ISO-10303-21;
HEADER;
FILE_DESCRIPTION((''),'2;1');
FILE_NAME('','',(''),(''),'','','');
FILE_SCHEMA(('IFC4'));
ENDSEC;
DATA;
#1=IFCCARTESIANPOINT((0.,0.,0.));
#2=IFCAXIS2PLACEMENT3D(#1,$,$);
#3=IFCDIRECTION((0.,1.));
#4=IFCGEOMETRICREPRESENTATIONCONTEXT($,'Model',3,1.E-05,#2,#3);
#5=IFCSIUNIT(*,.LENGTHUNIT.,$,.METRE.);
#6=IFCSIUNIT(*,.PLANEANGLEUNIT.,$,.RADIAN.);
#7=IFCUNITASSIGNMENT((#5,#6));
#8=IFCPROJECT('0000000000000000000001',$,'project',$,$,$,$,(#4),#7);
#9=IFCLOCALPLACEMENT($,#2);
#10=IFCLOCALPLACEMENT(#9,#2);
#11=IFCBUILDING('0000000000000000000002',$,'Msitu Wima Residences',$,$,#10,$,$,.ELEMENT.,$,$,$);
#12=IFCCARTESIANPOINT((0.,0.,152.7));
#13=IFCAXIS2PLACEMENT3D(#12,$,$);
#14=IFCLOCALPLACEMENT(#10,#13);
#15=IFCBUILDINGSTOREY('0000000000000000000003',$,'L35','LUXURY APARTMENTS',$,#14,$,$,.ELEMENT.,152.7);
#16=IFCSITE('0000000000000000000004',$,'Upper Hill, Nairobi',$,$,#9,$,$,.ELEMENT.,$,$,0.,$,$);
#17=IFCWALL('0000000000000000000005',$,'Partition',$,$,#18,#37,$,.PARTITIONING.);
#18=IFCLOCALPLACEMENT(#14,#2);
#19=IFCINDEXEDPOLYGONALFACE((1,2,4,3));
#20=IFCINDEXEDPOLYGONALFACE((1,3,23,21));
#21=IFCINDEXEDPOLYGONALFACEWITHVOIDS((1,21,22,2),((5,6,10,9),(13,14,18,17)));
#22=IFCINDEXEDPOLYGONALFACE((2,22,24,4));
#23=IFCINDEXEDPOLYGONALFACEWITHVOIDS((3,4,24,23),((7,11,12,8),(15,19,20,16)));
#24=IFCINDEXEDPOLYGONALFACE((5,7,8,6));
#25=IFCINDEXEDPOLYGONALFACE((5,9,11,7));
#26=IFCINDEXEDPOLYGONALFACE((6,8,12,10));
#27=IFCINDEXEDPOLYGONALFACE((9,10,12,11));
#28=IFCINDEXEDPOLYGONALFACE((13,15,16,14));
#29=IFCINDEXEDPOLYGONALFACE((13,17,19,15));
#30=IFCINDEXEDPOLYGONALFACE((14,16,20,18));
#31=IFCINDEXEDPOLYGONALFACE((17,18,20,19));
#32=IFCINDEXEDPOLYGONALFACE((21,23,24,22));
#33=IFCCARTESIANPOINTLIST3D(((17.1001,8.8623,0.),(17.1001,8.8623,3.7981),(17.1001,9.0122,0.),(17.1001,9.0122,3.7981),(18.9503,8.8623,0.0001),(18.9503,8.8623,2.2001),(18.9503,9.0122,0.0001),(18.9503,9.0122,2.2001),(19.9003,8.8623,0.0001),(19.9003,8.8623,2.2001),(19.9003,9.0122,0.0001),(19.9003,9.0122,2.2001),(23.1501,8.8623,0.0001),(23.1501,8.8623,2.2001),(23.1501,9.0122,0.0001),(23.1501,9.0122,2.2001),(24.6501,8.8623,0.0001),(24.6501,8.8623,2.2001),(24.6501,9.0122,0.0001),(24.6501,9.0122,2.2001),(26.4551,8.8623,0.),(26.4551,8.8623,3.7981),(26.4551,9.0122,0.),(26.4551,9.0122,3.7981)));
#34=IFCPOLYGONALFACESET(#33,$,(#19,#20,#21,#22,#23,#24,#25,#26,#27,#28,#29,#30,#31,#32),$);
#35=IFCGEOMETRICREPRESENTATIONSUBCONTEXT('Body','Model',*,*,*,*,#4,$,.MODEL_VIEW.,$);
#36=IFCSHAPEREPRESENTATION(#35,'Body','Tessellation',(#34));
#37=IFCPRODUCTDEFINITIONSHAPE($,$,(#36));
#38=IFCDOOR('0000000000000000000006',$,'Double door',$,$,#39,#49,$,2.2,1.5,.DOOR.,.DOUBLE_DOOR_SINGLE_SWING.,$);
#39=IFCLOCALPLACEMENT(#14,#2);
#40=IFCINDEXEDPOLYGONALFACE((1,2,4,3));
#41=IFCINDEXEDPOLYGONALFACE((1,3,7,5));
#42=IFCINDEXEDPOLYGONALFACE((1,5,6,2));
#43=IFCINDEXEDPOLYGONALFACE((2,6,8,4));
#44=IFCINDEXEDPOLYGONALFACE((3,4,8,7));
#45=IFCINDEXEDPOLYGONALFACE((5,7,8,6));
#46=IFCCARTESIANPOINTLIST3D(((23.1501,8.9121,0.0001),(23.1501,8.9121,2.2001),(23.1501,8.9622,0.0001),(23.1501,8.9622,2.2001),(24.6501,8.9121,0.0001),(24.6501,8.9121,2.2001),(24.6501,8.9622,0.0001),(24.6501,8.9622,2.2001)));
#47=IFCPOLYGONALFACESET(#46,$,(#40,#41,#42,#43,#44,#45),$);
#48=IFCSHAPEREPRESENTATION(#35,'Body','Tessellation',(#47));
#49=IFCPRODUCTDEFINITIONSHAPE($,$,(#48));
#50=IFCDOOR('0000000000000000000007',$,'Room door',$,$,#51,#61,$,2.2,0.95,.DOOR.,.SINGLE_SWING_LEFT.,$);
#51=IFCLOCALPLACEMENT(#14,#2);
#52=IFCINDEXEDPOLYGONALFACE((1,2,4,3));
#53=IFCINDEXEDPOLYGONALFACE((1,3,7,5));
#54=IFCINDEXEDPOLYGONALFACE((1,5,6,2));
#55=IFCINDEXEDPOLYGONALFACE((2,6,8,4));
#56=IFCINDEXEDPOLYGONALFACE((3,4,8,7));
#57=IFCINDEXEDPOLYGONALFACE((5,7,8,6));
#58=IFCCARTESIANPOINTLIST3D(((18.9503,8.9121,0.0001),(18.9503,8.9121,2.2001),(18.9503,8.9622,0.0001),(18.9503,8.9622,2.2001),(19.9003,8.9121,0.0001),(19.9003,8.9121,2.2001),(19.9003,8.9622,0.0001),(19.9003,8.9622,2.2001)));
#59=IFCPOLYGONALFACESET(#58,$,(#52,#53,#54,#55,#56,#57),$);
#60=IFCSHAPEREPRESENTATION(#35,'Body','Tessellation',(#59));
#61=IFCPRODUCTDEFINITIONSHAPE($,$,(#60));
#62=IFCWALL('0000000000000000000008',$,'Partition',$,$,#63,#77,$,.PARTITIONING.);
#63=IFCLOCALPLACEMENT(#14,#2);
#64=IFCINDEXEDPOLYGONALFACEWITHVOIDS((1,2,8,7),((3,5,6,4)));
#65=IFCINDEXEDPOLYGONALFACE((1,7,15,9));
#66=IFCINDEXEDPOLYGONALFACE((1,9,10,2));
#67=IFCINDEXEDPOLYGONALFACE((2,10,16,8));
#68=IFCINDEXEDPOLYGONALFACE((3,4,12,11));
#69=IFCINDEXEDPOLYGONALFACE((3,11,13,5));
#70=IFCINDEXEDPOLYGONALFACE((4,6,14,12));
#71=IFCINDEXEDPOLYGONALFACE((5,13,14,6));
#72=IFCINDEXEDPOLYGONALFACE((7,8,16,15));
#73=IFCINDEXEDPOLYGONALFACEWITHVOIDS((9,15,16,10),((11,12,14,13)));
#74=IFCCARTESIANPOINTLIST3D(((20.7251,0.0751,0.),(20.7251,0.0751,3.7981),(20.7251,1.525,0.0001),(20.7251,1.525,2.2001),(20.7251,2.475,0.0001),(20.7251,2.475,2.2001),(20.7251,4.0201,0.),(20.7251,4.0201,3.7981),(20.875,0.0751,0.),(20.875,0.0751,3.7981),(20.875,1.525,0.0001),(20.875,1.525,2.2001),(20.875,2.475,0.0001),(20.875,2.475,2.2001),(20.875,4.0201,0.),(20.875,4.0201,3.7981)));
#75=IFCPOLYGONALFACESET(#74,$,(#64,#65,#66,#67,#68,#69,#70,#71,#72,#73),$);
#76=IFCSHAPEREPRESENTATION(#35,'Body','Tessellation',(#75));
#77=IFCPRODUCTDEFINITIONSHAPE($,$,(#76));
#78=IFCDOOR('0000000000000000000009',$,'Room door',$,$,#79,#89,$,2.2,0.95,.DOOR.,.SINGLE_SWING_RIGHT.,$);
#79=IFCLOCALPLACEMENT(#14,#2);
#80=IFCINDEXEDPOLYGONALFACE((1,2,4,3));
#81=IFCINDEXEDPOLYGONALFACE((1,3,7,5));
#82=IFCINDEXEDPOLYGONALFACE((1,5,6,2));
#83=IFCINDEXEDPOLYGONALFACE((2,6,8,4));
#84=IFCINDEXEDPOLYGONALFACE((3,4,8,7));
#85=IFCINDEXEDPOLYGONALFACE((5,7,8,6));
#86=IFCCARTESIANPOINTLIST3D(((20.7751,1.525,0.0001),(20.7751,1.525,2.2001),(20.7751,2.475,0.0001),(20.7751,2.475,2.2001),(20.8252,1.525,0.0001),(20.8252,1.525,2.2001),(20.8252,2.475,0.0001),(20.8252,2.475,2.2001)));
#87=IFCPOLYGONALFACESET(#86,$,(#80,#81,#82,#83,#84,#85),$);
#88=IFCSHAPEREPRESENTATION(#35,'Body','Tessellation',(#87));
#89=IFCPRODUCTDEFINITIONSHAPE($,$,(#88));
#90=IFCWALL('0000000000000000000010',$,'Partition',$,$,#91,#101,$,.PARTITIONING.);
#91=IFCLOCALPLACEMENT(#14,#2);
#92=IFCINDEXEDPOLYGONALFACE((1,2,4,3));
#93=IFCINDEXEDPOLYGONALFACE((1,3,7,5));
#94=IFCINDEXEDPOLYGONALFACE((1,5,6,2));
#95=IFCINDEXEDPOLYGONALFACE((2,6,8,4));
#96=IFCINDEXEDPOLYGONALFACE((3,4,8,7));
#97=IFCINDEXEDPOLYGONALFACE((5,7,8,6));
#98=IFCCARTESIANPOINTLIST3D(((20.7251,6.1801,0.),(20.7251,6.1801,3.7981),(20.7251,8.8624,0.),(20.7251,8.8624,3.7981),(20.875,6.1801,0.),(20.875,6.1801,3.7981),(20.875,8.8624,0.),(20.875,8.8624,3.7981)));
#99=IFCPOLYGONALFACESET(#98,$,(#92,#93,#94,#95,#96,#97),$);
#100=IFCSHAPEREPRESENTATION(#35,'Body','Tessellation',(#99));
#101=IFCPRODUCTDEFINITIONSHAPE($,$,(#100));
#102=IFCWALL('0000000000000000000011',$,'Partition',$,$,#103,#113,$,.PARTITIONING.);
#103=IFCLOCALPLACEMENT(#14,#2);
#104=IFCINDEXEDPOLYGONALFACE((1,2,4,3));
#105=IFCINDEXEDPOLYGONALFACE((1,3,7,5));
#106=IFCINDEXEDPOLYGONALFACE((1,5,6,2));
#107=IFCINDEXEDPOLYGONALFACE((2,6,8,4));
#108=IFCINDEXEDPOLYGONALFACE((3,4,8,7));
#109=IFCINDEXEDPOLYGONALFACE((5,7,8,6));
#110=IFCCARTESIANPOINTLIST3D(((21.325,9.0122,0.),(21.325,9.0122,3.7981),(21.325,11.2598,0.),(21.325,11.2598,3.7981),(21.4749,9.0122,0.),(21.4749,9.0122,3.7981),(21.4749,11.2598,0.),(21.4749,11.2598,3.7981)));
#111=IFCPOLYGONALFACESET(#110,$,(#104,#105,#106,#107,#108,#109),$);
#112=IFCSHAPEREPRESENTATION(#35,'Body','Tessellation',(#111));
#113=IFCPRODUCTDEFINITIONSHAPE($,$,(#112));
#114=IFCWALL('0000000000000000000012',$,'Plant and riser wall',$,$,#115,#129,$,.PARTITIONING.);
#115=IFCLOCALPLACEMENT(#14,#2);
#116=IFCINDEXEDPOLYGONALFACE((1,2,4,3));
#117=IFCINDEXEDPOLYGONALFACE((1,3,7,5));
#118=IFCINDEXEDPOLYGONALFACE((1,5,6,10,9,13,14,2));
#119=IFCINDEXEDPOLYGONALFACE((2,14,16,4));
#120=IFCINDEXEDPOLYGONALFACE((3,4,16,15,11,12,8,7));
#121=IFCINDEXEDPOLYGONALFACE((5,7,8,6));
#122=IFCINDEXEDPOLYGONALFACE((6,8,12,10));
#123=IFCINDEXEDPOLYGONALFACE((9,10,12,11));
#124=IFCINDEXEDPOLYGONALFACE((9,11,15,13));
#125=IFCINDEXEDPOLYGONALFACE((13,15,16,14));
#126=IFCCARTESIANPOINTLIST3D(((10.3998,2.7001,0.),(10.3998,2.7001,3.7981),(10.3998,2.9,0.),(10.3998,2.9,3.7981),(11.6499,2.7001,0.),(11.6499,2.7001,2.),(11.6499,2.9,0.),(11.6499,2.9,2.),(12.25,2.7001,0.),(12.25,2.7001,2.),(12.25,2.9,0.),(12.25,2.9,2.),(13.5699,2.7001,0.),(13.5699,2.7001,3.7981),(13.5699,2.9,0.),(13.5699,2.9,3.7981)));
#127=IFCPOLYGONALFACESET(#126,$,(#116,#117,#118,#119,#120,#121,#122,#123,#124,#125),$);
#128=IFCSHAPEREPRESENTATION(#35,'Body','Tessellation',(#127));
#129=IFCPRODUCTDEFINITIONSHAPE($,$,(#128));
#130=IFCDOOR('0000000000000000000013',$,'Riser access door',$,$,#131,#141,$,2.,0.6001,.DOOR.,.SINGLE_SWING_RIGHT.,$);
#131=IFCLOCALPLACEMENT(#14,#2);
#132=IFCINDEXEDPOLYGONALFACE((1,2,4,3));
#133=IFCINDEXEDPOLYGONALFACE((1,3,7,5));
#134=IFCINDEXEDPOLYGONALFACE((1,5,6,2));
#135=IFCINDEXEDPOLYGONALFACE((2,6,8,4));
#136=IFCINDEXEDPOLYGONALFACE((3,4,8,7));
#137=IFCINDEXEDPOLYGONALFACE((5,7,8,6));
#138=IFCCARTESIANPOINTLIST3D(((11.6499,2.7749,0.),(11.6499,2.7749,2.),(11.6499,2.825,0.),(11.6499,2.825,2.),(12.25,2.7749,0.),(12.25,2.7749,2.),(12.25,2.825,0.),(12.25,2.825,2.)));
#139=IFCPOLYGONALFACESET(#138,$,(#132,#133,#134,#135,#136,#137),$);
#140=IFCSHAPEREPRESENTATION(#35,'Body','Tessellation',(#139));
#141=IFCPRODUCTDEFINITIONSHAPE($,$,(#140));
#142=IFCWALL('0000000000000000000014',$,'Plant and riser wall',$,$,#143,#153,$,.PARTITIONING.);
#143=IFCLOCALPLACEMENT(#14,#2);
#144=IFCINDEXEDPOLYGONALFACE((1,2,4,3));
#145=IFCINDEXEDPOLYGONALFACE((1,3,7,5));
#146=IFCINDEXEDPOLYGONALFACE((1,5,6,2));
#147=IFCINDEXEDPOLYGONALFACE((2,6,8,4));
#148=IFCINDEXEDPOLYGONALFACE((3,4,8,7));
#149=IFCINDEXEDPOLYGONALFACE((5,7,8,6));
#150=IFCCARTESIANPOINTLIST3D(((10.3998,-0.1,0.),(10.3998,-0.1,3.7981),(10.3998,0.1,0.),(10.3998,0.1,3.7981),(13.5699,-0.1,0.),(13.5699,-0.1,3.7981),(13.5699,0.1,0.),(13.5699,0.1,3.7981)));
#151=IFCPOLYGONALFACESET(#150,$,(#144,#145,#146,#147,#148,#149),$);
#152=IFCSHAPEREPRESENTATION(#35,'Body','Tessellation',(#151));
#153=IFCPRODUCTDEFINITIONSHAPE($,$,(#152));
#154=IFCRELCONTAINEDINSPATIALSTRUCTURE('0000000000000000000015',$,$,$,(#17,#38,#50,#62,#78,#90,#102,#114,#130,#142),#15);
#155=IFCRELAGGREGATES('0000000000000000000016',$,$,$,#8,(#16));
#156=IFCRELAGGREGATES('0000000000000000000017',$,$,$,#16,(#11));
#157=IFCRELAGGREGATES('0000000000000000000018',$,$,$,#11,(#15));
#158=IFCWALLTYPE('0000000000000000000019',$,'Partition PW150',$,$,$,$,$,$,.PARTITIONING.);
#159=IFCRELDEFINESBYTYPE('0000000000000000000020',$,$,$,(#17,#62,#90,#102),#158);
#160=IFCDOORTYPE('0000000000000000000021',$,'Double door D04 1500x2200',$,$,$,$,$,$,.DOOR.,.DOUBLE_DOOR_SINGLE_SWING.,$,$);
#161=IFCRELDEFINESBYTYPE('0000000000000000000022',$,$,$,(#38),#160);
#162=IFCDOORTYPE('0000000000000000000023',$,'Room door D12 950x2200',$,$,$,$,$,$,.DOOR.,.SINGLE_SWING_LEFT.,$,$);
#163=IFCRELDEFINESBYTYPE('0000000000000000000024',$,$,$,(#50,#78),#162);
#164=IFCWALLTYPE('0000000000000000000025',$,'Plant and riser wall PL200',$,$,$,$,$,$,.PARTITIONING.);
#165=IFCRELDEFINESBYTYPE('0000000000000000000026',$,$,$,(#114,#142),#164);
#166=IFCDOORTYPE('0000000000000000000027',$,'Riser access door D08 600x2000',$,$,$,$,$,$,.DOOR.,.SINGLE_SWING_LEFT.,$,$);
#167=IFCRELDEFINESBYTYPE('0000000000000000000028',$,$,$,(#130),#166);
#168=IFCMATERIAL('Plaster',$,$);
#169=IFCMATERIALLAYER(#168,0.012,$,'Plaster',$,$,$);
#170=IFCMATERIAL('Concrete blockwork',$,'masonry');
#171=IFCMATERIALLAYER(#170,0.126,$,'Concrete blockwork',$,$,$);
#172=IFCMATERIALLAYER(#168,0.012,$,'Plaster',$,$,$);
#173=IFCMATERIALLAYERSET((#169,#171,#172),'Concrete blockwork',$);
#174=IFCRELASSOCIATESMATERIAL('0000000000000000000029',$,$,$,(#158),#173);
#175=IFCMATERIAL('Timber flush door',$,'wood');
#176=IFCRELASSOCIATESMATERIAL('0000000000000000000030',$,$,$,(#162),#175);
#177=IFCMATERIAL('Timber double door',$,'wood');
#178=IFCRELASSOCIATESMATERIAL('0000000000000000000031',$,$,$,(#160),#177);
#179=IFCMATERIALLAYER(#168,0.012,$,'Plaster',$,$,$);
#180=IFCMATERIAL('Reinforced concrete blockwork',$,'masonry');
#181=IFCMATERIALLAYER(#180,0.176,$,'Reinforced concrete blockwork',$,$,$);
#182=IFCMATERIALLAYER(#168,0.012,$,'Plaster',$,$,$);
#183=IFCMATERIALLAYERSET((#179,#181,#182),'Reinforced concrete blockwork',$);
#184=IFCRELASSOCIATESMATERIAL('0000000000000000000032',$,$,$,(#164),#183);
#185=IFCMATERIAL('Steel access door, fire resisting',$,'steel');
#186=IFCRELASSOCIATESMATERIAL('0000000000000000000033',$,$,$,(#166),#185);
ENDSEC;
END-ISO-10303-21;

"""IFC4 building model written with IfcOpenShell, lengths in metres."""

from ifc_helpers import new_model, si_unit, direction, frame, frame_2d, origin, place, context, subcontext, project, spatial, rectangle, extrude, material, layer, layer_set, type_object, element, fill, save


model = new_model("IFC4")

# Units and contexts
model_context = context("Model", 3, precision=1e-05, world=origin(), true_north=direction((0.0, 1.0)))
body_context = subcontext(model_context, "Body", "Model", "MODEL_VIEW")
ifc_project = project(units=[si_unit("LENGTHUNIT", "METRE"), si_unit("PLANEANGLEUNIT", "RADIAN")], contexts=[model_context])

# Site, building, storey
site_placement = place(None, origin())
site = spatial("IfcSite", under=ifc_project, at=site_placement, Name="Upper Hill, Nairobi", CompositionType="ELEMENT", RefElevation=0.0)
building_placement = place(site_placement, origin())
building = spatial("IfcBuilding", under=site, at=building_placement, Name="Msitu Wima Residences", CompositionType="ELEMENT")
storey_placement = place(building_placement, frame((0.0, 0.0, 152.7)))
storey = spatial("IfcBuildingStorey", under=building, at=storey_placement, Name="L35", Description="LUXURY APARTMENTS", CompositionType="ELEMENT", Elevation=152.7)

# Shared definitions
ifc_material_1 = material(Name="Plaster")
ifc_layer_1 = layer(ifc_material_1, 0.012, Name="Plaster")
ifc_material_2 = material(Name="Concrete blockwork", Category="masonry")
ifc_layer_2 = layer(ifc_material_2, 0.126, Name="Concrete blockwork")
ifc_layer_3 = layer(ifc_material_1, 0.012, Name="Plaster")
ifc_layer_set_1 = layer_set([ifc_layer_1, ifc_layer_2, ifc_layer_3], Name="Concrete blockwork")
wall_type_1 = type_object("IfcWallType", Name="Partition PW150", PredefinedType="PARTITIONING", material=ifc_layer_set_1)
ifc_material_3 = material(Name="Timber flush door", Category="wood")
door_type_1 = type_object("IfcDoorType", Name="Room door D12 950x2200", OperationType="SINGLE_SWING_LEFT", PredefinedType="DOOR", material=ifc_material_3)

# Wall, openings, doors
wall_1_placement = place(storey_placement, frame((17.1001, 8.9373, 0.0), z_axis=(0.0, 0.0, 1.0), x_axis=(1.0, 0.0, 0.0)))
wall_1 = element("IfcWall", 1, at=wall_1_placement, inside=storey, type_object=wall_type_1, Name="Partition", PredefinedType="PARTITIONING", context=body_context, shape_type="SweptSolid", body=[
    extrude(rectangle(XDim=9.355, YDim=0.1499, at=frame_2d((4.6775, 0.0))), origin(), (0.0, 0.0, 1.0), 3.7981),
])
opening_1_placement = place(wall_1_placement, frame((6.05, 0.0, 0.0)))
opening_1 = element("IfcOpeningElement", 2, at=opening_1_placement, cuts=wall_1, PredefinedType="OPENING", context=body_context, shape_type="SweptSolid", body=[
    extrude(rectangle(XDim=1.5, YDim=2.2, at=frame_2d((0.75, 1.1001))), frame((0.0, 0.085, 0.0), z_axis=(0.0, -1.0, 0.0), x_axis=(1.0, 0.0, 0.0)), (0.0, 0.0, 1.0), 0.1699),
])
opening_2_placement = place(wall_1_placement, frame((1.8501, 0.0, 0.0)))
opening_2 = element("IfcOpeningElement", 3, at=opening_2_placement, cuts=wall_1, PredefinedType="OPENING", context=body_context, shape_type="SweptSolid", body=[
    extrude(rectangle(XDim=0.95, YDim=2.2, at=frame_2d((0.4751, 1.1001))), frame((0.0, 0.085, 0.0), z_axis=(0.0, -1.0, 0.0), x_axis=(1.0, 0.0, 0.0)), (0.0, 0.0, 1.0), 0.1699),
])
ifc_material_4 = material(Name="Timber double door", Category="wood")
door_type_2 = type_object("IfcDoorType", Name="Double door D04 1500x2200", OperationType="DOUBLE_DOOR_SINGLE_SWING", PredefinedType="DOOR", material=ifc_material_4)
door_1_placement = place(opening_1_placement, origin())
door_1 = element("IfcDoor", 4, at=door_1_placement, inside=storey, type_object=door_type_2, Name="Double door", OperationType="DOUBLE_DOOR_SINGLE_SWING", OverallHeight=2.2, OverallWidth=1.5, PredefinedType="DOOR", context=body_context, shape_type="SweptSolid", body=[
    extrude(rectangle(XDim=1.5, YDim=2.2, at=frame_2d((0.75, 1.1001))), frame((0.0, 0.0249, 0.0), z_axis=(0.0, -1.0, 0.0), x_axis=(1.0, 0.0, 0.0)), (0.0, 0.0, 1.0), 0.05),
])
fill(opening_1, door_1)
door_2_placement = place(opening_2_placement, origin())
door_2 = element("IfcDoor", 5, at=door_2_placement, inside=storey, type_object=door_type_1, Name="Room door", OperationType="SINGLE_SWING_LEFT", OverallHeight=2.2, OverallWidth=0.95, PredefinedType="DOOR", context=body_context, shape_type="SweptSolid", body=[
    extrude(rectangle(XDim=0.95, YDim=2.2, at=frame_2d((0.4751, 1.1001))), frame((0.0, 0.0249, 0.0), z_axis=(0.0, -1.0, 0.0), x_axis=(1.0, 0.0, 0.0)), (0.0, 0.0, 1.0), 0.05),
])
fill(opening_2, door_2)

# Wall, opening, door
wall_2_placement = place(storey_placement, frame((20.8, 0.075, 0.0), z_axis=(0.0, 0.0, 1.0), x_axis=(0.0, 1.0, 0.0)))
wall_2 = element("IfcWall", 6, at=wall_2_placement, inside=storey, type_object=wall_type_1, Name="Partition", PredefinedType="PARTITIONING", context=body_context, shape_type="SweptSolid", body=[
    extrude(rectangle(XDim=3.9451, YDim=0.1499, at=frame_2d((1.9727, 0.0))), origin(), (0.0, 0.0, 1.0), 3.7981),
])
opening_3_placement = place(wall_2_placement, frame((1.45, 0.0, 0.0)))
opening_3 = element("IfcOpeningElement", 7, at=opening_3_placement, cuts=wall_2, PredefinedType="OPENING", context=body_context, shape_type="SweptSolid", body=[
    extrude(rectangle(XDim=0.95, YDim=2.2, at=frame_2d((0.4751, 1.1001))), frame((0.0, 0.085, 0.0), z_axis=(0.0, -1.0, 0.0), x_axis=(1.0, 0.0, 0.0)), (0.0, 0.0, 1.0), 0.1699),
])
door_3_placement = place(opening_3_placement, origin())
door_3 = element("IfcDoor", 8, at=door_3_placement, inside=storey, type_object=door_type_1, Name="Room door", OperationType="SINGLE_SWING_RIGHT", OverallHeight=2.2, OverallWidth=0.95, PredefinedType="DOOR", context=body_context, shape_type="SweptSolid", body=[
    extrude(rectangle(XDim=0.95, YDim=2.2, at=frame_2d((0.4751, 1.1001))), frame((0.0, 0.0249, 0.0), z_axis=(0.0, -1.0, 0.0), x_axis=(1.0, 0.0, 0.0)), (0.0, 0.0, 1.0), 0.05),
])
fill(opening_3, door_3)

# Walls
wall_3_placement = place(storey_placement, frame((20.8, 6.1799, 0.0), z_axis=(0.0, 0.0, 1.0), x_axis=(0.0, 1.0, 0.0)))
element("IfcWall", 9, at=wall_3_placement, inside=storey, type_object=wall_type_1, Name="Partition", PredefinedType="PARTITIONING", context=body_context, shape_type="SweptSolid", body=[
    extrude(rectangle(XDim=2.6824, YDim=0.1499, at=frame_2d((1.3413, 0.0))), origin(), (0.0, 0.0, 1.0), 3.7981),
])
wall_4_placement = place(storey_placement, frame((21.3999, 9.0122, 0.0), z_axis=(0.0, 0.0, 1.0), x_axis=(0.0, 1.0, 0.0)))
element("IfcWall", 10, at=wall_4_placement, inside=storey, type_object=wall_type_1, Name="Partition", PredefinedType="PARTITIONING", context=body_context, shape_type="SweptSolid", body=[
    extrude(rectangle(XDim=2.2476, YDim=0.1499, at=frame_2d((1.1238, 0.0))), origin(), (0.0, 0.0, 1.0), 3.7981),
])

# Wall, opening, door
ifc_layer_4 = layer(ifc_material_1, 0.012, Name="Plaster")
ifc_material_5 = material(Name="Reinforced concrete blockwork", Category="masonry")
ifc_layer_5 = layer(ifc_material_5, 0.176, Name="Reinforced concrete blockwork")
ifc_layer_6 = layer(ifc_material_1, 0.012, Name="Plaster")
ifc_layer_set_2 = layer_set([ifc_layer_4, ifc_layer_5, ifc_layer_6], Name="Reinforced concrete blockwork")
wall_type_2 = type_object("IfcWallType", Name="Plant and riser wall PL200", PredefinedType="PARTITIONING", material=ifc_layer_set_2)
wall_5_placement = place(storey_placement, frame((10.3999, 2.8, 0.0), z_axis=(0.0, 0.0, 1.0), x_axis=(1.0, 0.0, 0.0)))
wall_5 = element("IfcWall", 11, at=wall_5_placement, inside=storey, type_object=wall_type_2, Name="Plant and riser wall", PredefinedType="PARTITIONING", context=body_context, shape_type="SweptSolid", body=[
    extrude(rectangle(XDim=3.1702, YDim=0.2, at=frame_2d((1.585, 0.0))), origin(), (0.0, 0.0, 1.0), 3.7981),
])
opening_4_placement = place(wall_5_placement, frame((1.25, 0.0, 0.0)))
opening_4 = element("IfcOpeningElement", 12, at=opening_4_placement, cuts=wall_5, PredefinedType="OPENING", context=body_context, shape_type="SweptSolid", body=[
    extrude(rectangle(XDim=0.6001, YDim=2.0, at=frame_2d((0.3, 1.0))), frame((0.0, 0.1099, 0.0), z_axis=(0.0, -1.0, 0.0), x_axis=(1.0, 0.0, 0.0)), (0.0, 0.0, 1.0), 0.22),
])
ifc_material_6 = material(Name="Steel access door, fire resisting", Category="steel")
door_type_3 = type_object("IfcDoorType", Name="Riser access door D08 600x2000", OperationType="SINGLE_SWING_LEFT", PredefinedType="DOOR", material=ifc_material_6)
door_4_placement = place(opening_4_placement, origin())
door_4 = element("IfcDoor", 13, at=door_4_placement, inside=storey, type_object=door_type_3, Name="Riser access door", OperationType="SINGLE_SWING_RIGHT", OverallHeight=2.0, OverallWidth=0.6001, PredefinedType="DOOR", context=body_context, shape_type="SweptSolid", body=[
    extrude(rectangle(XDim=0.6001, YDim=2.0, at=frame_2d((0.3, 1.0))), frame((0.0, 0.0249, 0.0), z_axis=(0.0, -1.0, 0.0), x_axis=(1.0, 0.0, 0.0)), (0.0, 0.0, 1.0), 0.05),
])
fill(opening_4, door_4)

# Wall
wall_6_placement = place(storey_placement, frame((10.3999, 0.0, 0.0), z_axis=(0.0, 0.0, 1.0), x_axis=(1.0, 0.0, 0.0)))
element("IfcWall", 14, at=wall_6_placement, inside=storey, type_object=wall_type_2, Name="Plant and riser wall", PredefinedType="PARTITIONING", context=body_context, shape_type="SweptSolid", body=[
    extrude(rectangle(XDim=3.1702, YDim=0.2, at=frame_2d((1.585, 0.0))), origin(), (0.0, 0.0, 1.0), 3.7981),
])

save(model, "model.ifc")
